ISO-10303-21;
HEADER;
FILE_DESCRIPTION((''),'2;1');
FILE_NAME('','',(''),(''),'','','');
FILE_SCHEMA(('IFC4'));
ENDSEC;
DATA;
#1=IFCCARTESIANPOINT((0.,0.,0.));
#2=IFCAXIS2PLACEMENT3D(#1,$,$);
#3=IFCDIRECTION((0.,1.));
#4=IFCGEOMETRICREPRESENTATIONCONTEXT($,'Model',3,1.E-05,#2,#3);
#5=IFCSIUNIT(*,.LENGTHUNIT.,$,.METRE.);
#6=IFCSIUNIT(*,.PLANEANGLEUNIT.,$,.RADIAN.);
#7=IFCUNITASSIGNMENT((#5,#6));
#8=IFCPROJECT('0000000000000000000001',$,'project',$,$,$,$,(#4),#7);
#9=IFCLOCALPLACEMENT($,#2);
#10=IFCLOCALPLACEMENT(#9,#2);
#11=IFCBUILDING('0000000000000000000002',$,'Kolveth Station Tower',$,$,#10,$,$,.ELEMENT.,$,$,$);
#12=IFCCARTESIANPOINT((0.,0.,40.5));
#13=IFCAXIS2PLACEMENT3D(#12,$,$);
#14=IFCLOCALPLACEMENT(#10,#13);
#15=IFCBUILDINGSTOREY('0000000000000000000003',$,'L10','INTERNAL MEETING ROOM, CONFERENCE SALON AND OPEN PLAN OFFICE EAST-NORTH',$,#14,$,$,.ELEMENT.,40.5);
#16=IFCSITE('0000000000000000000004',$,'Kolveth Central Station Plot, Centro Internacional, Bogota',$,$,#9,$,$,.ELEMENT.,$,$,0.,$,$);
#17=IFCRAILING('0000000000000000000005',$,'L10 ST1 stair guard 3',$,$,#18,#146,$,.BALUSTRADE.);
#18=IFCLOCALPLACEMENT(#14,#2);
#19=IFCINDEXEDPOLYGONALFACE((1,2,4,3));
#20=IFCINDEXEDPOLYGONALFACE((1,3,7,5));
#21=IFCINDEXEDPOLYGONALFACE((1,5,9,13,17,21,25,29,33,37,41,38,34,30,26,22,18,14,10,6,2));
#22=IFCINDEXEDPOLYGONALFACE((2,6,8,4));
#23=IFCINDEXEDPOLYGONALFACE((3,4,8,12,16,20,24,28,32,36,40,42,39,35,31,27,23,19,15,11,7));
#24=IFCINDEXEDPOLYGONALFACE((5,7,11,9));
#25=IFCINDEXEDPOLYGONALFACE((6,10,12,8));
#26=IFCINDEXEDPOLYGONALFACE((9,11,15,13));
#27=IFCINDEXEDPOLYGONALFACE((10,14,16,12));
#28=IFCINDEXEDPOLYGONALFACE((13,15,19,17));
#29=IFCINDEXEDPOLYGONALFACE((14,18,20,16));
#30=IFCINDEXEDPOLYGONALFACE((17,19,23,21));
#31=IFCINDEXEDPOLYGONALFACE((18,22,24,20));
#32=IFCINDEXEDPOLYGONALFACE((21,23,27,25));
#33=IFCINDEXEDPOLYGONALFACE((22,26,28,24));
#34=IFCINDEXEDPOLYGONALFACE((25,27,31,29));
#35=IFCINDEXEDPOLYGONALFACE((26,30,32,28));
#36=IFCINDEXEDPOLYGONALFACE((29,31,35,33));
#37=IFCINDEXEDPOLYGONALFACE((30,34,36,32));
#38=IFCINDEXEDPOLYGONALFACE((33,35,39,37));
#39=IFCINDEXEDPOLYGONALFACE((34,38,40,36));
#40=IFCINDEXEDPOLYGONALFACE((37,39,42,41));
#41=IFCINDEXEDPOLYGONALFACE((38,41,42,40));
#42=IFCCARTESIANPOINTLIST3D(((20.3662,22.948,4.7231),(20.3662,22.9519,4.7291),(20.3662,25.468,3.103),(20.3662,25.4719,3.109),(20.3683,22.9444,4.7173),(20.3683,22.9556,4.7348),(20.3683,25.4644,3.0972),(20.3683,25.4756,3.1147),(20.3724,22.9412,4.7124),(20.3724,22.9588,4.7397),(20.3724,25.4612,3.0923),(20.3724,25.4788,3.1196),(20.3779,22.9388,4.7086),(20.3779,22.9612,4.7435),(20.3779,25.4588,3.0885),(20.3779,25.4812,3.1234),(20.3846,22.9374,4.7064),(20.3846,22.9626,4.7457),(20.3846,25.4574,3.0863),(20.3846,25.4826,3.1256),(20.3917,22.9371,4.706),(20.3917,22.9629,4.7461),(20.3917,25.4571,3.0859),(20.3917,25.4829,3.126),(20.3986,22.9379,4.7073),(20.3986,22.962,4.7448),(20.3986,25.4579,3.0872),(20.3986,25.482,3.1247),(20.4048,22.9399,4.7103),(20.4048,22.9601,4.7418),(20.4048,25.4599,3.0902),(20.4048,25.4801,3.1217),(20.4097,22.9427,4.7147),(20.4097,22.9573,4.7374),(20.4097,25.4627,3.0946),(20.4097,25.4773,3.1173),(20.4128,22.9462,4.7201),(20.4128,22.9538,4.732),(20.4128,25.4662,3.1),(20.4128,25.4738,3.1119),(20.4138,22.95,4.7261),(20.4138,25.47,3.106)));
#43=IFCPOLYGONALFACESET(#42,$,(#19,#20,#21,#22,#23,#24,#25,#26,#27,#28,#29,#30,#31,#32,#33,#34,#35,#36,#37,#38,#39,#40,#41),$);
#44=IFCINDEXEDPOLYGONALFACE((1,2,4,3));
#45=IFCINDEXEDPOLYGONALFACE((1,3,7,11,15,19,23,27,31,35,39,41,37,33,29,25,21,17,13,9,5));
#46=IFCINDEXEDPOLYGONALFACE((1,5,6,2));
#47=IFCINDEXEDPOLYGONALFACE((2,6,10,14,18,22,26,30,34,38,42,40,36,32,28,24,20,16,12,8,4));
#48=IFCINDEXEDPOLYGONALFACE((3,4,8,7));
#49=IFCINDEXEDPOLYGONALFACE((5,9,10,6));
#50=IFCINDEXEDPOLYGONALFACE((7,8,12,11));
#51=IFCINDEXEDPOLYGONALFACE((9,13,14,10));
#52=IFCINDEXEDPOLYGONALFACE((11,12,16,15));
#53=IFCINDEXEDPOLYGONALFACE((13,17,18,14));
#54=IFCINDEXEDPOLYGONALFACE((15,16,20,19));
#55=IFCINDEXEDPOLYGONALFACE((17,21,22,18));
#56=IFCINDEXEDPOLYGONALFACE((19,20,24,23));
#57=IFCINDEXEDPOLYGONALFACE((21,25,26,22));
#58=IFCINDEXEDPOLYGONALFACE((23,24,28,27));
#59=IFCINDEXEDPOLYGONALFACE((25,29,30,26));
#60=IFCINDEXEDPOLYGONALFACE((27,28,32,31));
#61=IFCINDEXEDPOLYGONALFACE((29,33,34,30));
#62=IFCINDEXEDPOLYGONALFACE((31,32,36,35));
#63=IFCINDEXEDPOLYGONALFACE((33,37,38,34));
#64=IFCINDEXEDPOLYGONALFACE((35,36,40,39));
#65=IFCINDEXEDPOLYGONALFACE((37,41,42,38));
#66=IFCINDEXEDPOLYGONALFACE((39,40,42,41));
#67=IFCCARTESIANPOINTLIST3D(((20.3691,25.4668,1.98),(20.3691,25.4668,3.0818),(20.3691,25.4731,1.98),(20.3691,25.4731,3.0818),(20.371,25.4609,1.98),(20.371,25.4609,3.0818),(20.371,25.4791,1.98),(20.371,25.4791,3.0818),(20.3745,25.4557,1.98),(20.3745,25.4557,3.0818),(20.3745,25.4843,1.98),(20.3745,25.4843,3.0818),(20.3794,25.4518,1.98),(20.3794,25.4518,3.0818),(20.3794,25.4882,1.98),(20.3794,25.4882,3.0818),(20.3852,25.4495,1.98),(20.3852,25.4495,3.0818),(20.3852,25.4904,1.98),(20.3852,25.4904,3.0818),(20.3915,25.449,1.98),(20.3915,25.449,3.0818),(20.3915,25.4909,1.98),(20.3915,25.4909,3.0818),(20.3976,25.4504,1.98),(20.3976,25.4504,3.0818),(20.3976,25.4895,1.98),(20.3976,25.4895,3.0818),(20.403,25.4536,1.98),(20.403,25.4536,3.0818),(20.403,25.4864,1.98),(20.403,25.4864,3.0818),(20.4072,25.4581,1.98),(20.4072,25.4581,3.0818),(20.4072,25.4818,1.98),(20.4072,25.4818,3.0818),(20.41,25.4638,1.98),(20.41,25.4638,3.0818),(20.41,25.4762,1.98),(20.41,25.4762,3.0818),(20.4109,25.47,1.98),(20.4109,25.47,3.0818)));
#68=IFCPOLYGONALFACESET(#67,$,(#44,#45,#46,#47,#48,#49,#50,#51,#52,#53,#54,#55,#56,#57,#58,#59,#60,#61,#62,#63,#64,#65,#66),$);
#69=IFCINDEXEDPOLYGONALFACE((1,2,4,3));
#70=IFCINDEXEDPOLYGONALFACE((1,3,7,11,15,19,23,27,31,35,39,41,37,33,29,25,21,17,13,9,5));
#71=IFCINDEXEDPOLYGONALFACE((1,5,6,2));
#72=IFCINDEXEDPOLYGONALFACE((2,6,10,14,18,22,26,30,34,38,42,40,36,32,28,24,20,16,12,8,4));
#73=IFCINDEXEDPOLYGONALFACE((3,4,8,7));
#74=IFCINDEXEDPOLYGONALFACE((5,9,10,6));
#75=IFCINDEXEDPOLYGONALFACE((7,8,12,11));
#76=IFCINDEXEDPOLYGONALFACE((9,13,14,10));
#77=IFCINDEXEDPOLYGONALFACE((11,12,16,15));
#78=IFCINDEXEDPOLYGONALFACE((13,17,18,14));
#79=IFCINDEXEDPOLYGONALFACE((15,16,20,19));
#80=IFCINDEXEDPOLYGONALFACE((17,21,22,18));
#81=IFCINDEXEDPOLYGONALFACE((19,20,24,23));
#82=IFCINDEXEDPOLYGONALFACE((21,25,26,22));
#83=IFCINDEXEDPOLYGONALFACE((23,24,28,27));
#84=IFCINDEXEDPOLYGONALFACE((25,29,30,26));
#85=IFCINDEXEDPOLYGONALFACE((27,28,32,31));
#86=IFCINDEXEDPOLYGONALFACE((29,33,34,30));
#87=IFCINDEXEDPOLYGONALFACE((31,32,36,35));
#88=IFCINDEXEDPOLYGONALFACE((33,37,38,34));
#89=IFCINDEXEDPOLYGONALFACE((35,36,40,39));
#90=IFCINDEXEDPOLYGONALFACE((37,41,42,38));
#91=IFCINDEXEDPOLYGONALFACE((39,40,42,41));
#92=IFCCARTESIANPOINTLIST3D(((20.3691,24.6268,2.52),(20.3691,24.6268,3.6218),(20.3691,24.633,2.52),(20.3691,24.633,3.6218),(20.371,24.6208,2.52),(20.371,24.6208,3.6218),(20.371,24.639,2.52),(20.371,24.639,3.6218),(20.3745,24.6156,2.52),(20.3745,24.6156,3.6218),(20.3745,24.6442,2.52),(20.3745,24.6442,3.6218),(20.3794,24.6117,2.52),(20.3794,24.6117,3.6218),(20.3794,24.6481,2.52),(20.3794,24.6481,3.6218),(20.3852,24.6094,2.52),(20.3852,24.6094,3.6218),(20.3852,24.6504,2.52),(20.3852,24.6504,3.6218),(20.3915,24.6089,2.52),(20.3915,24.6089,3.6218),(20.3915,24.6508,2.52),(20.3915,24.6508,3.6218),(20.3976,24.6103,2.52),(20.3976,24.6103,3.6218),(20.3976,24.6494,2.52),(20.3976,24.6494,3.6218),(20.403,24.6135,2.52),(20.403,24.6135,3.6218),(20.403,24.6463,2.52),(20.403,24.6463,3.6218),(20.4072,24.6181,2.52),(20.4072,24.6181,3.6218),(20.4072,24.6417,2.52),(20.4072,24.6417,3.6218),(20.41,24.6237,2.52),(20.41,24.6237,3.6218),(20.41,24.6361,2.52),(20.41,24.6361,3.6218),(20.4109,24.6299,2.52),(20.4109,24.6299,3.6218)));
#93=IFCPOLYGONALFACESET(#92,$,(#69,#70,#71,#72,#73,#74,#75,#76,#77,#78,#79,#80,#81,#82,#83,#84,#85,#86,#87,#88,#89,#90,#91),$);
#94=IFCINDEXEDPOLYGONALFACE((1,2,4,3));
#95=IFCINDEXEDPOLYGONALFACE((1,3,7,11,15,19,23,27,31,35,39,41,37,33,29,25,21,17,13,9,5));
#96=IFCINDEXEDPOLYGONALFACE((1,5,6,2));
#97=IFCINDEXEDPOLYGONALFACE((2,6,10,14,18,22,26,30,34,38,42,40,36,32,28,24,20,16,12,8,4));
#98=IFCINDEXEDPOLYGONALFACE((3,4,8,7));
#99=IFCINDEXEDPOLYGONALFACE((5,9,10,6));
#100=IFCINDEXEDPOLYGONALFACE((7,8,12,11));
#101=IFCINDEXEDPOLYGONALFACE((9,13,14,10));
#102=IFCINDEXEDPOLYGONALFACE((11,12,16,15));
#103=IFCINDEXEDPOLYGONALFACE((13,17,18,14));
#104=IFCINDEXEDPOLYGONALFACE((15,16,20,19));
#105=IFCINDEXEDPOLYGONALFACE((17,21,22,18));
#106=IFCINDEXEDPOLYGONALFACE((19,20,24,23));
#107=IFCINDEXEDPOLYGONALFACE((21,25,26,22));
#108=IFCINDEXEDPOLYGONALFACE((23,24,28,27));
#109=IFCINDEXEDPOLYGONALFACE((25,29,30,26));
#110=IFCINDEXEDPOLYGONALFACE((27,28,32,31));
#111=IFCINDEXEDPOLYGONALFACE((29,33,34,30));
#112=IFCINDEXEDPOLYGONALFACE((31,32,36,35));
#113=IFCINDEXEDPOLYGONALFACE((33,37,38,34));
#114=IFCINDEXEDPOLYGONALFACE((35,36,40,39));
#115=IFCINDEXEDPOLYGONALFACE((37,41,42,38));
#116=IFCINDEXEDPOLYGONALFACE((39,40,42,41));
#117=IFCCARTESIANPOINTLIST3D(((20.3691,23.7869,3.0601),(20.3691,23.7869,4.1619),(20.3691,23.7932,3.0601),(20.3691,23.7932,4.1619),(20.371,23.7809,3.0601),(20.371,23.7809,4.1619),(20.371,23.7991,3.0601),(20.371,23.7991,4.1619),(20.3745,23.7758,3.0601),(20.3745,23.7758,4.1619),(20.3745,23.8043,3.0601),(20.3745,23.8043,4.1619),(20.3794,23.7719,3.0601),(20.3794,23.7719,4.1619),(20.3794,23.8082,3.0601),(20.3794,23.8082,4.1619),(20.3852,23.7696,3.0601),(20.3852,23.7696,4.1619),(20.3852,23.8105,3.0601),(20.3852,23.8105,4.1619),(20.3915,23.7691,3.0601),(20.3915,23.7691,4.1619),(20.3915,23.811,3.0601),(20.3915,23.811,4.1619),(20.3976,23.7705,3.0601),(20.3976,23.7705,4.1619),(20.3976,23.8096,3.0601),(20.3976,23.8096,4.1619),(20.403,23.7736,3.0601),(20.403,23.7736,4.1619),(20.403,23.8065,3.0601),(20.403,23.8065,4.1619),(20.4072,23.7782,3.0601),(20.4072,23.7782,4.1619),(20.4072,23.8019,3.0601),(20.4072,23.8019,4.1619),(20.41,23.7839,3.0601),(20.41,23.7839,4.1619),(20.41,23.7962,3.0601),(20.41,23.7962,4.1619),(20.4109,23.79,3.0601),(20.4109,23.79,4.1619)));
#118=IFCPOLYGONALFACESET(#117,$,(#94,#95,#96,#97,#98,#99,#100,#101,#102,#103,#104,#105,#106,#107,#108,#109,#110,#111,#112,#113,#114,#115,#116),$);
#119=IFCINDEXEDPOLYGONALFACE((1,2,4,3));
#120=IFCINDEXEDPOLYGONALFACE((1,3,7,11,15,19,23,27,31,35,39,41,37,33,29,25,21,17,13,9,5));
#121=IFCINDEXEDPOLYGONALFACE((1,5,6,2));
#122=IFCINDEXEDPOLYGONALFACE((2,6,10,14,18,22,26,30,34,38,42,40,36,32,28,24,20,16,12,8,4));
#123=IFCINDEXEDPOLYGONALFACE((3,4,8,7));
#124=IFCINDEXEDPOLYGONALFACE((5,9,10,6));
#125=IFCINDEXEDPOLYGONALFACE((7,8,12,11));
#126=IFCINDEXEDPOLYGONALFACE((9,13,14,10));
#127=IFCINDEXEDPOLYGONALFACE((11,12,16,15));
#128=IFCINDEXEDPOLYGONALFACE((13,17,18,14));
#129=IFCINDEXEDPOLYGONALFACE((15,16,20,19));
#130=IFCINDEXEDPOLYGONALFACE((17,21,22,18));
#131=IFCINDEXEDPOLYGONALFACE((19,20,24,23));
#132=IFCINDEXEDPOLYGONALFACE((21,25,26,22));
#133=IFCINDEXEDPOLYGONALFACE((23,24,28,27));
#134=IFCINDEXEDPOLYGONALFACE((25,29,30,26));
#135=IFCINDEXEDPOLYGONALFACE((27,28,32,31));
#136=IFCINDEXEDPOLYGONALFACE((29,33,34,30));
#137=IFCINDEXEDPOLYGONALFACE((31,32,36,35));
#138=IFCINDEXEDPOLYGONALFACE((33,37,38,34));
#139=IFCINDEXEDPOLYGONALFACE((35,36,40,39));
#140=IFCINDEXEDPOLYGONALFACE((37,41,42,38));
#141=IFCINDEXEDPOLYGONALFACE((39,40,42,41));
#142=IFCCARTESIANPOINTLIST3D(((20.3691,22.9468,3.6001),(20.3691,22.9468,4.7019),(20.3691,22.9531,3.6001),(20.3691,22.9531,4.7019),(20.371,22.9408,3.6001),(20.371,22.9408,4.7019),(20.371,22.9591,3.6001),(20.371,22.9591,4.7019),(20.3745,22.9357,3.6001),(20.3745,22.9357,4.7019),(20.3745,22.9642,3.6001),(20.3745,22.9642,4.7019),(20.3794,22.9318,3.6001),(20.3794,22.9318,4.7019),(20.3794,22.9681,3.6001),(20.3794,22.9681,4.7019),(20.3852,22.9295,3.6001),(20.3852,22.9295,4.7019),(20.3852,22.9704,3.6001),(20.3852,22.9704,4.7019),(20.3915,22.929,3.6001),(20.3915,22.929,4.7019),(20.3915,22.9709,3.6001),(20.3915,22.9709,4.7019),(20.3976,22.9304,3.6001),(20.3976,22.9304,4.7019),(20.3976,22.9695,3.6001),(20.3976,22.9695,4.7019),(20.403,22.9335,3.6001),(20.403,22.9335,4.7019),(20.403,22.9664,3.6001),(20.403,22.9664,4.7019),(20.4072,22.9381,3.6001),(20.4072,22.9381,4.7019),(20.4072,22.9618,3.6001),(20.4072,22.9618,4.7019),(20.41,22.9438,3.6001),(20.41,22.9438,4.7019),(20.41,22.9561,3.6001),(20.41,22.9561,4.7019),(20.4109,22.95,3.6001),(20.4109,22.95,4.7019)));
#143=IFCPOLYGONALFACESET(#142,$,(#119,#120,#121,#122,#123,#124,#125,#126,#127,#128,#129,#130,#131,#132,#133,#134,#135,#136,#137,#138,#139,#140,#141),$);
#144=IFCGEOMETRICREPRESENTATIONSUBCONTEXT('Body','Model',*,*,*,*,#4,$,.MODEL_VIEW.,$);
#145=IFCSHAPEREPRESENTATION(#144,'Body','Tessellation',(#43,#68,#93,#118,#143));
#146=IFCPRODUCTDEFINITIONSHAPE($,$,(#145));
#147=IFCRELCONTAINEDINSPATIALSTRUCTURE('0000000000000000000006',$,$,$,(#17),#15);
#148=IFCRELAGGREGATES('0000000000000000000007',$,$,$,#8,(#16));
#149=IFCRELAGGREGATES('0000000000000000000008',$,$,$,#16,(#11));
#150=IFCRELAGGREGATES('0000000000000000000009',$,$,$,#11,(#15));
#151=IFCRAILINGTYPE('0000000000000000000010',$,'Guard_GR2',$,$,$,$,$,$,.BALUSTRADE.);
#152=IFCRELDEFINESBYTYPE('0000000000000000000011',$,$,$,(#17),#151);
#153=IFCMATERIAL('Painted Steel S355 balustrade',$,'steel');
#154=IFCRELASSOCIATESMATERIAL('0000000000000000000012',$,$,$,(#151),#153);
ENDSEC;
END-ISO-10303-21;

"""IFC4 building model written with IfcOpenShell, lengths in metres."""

from ifc_helpers import new_model, si_unit, direction, frame, origin, origin_2d, place, context, subcontext, project, spatial, circle, extrude, material, type_object, element, save


model = new_model("IFC4")

# Units and contexts
model_context = context("Model", 3, precision=1e-05, world=origin(), true_north=direction((0.0, 1.0)))
body_context = subcontext(model_context, "Body", "Model", "MODEL_VIEW")
ifc_project = project(units=[si_unit("LENGTHUNIT", "METRE"), si_unit("PLANEANGLEUNIT", "RADIAN")], contexts=[model_context])

# Site, building, storey
site_placement = place(None, origin())
site = spatial("IfcSite", under=ifc_project, at=site_placement, Name="Kolveth Central Station Plot, Centro Internacional, Bogota", CompositionType="ELEMENT", RefElevation=0.0)
building_placement = place(site_placement, origin())
building = spatial("IfcBuilding", under=site, at=building_placement, Name="Kolveth Station Tower", CompositionType="ELEMENT")
storey_placement = place(building_placement, frame((0.0, 0.0, 40.5)))
storey = spatial("IfcBuildingStorey", under=building, at=storey_placement, Name="L10", Description="INTERNAL MEETING ROOM, CONFERENCE SALON AND OPEN PLAN OFFICE EAST-NORTH", CompositionType="ELEMENT", Elevation=40.5)

# Railing
ifc_material_1 = material(Name="Painted Steel S355 balustrade", Category="steel")
railing_type_1 = type_object("IfcRailingType", Name="Guard_GR2", PredefinedType="BALUSTRADE", material=ifc_material_1)
railing_1_placement = place(storey_placement, frame((20.3899, 25.47, 1.98)))
element("IfcRailing", 1, at=railing_1_placement, inside=storey, type_object=railing_type_1, Name="L10 ST1 stair guard 3", PredefinedType="BALUSTRADE", context=body_context, shape_type="SweptSolid", body=[
    extrude(circle(Radius=0.0239, at=origin_2d()), frame((0.0, 0.0, 1.126), z_axis=(0.0, -0.841163, 0.540782), x_axis=(1.0, 0.0, 0.0)), (0.0, 0.0, 1.0), 2.9958),
    extrude(circle(Radius=0.021, at=origin_2d()), origin(), (0.0, 0.0, 1.0), 1.1018),
    extrude(circle(Radius=0.021, at=origin_2d()), frame((0.0, -0.8401, 0.54)), (0.0, 0.0, 1.0), 1.1018),
    extrude(circle(Radius=0.021, at=origin_2d()), frame((0.0, -1.6799, 1.0801)), (0.0, 0.0, 1.0), 1.1018),
    extrude(circle(Radius=0.021, at=origin_2d()), frame((0.0, -2.52, 1.6201)), (0.0, 0.0, 1.0), 1.1018),
])

save(model, "model.ifc")
